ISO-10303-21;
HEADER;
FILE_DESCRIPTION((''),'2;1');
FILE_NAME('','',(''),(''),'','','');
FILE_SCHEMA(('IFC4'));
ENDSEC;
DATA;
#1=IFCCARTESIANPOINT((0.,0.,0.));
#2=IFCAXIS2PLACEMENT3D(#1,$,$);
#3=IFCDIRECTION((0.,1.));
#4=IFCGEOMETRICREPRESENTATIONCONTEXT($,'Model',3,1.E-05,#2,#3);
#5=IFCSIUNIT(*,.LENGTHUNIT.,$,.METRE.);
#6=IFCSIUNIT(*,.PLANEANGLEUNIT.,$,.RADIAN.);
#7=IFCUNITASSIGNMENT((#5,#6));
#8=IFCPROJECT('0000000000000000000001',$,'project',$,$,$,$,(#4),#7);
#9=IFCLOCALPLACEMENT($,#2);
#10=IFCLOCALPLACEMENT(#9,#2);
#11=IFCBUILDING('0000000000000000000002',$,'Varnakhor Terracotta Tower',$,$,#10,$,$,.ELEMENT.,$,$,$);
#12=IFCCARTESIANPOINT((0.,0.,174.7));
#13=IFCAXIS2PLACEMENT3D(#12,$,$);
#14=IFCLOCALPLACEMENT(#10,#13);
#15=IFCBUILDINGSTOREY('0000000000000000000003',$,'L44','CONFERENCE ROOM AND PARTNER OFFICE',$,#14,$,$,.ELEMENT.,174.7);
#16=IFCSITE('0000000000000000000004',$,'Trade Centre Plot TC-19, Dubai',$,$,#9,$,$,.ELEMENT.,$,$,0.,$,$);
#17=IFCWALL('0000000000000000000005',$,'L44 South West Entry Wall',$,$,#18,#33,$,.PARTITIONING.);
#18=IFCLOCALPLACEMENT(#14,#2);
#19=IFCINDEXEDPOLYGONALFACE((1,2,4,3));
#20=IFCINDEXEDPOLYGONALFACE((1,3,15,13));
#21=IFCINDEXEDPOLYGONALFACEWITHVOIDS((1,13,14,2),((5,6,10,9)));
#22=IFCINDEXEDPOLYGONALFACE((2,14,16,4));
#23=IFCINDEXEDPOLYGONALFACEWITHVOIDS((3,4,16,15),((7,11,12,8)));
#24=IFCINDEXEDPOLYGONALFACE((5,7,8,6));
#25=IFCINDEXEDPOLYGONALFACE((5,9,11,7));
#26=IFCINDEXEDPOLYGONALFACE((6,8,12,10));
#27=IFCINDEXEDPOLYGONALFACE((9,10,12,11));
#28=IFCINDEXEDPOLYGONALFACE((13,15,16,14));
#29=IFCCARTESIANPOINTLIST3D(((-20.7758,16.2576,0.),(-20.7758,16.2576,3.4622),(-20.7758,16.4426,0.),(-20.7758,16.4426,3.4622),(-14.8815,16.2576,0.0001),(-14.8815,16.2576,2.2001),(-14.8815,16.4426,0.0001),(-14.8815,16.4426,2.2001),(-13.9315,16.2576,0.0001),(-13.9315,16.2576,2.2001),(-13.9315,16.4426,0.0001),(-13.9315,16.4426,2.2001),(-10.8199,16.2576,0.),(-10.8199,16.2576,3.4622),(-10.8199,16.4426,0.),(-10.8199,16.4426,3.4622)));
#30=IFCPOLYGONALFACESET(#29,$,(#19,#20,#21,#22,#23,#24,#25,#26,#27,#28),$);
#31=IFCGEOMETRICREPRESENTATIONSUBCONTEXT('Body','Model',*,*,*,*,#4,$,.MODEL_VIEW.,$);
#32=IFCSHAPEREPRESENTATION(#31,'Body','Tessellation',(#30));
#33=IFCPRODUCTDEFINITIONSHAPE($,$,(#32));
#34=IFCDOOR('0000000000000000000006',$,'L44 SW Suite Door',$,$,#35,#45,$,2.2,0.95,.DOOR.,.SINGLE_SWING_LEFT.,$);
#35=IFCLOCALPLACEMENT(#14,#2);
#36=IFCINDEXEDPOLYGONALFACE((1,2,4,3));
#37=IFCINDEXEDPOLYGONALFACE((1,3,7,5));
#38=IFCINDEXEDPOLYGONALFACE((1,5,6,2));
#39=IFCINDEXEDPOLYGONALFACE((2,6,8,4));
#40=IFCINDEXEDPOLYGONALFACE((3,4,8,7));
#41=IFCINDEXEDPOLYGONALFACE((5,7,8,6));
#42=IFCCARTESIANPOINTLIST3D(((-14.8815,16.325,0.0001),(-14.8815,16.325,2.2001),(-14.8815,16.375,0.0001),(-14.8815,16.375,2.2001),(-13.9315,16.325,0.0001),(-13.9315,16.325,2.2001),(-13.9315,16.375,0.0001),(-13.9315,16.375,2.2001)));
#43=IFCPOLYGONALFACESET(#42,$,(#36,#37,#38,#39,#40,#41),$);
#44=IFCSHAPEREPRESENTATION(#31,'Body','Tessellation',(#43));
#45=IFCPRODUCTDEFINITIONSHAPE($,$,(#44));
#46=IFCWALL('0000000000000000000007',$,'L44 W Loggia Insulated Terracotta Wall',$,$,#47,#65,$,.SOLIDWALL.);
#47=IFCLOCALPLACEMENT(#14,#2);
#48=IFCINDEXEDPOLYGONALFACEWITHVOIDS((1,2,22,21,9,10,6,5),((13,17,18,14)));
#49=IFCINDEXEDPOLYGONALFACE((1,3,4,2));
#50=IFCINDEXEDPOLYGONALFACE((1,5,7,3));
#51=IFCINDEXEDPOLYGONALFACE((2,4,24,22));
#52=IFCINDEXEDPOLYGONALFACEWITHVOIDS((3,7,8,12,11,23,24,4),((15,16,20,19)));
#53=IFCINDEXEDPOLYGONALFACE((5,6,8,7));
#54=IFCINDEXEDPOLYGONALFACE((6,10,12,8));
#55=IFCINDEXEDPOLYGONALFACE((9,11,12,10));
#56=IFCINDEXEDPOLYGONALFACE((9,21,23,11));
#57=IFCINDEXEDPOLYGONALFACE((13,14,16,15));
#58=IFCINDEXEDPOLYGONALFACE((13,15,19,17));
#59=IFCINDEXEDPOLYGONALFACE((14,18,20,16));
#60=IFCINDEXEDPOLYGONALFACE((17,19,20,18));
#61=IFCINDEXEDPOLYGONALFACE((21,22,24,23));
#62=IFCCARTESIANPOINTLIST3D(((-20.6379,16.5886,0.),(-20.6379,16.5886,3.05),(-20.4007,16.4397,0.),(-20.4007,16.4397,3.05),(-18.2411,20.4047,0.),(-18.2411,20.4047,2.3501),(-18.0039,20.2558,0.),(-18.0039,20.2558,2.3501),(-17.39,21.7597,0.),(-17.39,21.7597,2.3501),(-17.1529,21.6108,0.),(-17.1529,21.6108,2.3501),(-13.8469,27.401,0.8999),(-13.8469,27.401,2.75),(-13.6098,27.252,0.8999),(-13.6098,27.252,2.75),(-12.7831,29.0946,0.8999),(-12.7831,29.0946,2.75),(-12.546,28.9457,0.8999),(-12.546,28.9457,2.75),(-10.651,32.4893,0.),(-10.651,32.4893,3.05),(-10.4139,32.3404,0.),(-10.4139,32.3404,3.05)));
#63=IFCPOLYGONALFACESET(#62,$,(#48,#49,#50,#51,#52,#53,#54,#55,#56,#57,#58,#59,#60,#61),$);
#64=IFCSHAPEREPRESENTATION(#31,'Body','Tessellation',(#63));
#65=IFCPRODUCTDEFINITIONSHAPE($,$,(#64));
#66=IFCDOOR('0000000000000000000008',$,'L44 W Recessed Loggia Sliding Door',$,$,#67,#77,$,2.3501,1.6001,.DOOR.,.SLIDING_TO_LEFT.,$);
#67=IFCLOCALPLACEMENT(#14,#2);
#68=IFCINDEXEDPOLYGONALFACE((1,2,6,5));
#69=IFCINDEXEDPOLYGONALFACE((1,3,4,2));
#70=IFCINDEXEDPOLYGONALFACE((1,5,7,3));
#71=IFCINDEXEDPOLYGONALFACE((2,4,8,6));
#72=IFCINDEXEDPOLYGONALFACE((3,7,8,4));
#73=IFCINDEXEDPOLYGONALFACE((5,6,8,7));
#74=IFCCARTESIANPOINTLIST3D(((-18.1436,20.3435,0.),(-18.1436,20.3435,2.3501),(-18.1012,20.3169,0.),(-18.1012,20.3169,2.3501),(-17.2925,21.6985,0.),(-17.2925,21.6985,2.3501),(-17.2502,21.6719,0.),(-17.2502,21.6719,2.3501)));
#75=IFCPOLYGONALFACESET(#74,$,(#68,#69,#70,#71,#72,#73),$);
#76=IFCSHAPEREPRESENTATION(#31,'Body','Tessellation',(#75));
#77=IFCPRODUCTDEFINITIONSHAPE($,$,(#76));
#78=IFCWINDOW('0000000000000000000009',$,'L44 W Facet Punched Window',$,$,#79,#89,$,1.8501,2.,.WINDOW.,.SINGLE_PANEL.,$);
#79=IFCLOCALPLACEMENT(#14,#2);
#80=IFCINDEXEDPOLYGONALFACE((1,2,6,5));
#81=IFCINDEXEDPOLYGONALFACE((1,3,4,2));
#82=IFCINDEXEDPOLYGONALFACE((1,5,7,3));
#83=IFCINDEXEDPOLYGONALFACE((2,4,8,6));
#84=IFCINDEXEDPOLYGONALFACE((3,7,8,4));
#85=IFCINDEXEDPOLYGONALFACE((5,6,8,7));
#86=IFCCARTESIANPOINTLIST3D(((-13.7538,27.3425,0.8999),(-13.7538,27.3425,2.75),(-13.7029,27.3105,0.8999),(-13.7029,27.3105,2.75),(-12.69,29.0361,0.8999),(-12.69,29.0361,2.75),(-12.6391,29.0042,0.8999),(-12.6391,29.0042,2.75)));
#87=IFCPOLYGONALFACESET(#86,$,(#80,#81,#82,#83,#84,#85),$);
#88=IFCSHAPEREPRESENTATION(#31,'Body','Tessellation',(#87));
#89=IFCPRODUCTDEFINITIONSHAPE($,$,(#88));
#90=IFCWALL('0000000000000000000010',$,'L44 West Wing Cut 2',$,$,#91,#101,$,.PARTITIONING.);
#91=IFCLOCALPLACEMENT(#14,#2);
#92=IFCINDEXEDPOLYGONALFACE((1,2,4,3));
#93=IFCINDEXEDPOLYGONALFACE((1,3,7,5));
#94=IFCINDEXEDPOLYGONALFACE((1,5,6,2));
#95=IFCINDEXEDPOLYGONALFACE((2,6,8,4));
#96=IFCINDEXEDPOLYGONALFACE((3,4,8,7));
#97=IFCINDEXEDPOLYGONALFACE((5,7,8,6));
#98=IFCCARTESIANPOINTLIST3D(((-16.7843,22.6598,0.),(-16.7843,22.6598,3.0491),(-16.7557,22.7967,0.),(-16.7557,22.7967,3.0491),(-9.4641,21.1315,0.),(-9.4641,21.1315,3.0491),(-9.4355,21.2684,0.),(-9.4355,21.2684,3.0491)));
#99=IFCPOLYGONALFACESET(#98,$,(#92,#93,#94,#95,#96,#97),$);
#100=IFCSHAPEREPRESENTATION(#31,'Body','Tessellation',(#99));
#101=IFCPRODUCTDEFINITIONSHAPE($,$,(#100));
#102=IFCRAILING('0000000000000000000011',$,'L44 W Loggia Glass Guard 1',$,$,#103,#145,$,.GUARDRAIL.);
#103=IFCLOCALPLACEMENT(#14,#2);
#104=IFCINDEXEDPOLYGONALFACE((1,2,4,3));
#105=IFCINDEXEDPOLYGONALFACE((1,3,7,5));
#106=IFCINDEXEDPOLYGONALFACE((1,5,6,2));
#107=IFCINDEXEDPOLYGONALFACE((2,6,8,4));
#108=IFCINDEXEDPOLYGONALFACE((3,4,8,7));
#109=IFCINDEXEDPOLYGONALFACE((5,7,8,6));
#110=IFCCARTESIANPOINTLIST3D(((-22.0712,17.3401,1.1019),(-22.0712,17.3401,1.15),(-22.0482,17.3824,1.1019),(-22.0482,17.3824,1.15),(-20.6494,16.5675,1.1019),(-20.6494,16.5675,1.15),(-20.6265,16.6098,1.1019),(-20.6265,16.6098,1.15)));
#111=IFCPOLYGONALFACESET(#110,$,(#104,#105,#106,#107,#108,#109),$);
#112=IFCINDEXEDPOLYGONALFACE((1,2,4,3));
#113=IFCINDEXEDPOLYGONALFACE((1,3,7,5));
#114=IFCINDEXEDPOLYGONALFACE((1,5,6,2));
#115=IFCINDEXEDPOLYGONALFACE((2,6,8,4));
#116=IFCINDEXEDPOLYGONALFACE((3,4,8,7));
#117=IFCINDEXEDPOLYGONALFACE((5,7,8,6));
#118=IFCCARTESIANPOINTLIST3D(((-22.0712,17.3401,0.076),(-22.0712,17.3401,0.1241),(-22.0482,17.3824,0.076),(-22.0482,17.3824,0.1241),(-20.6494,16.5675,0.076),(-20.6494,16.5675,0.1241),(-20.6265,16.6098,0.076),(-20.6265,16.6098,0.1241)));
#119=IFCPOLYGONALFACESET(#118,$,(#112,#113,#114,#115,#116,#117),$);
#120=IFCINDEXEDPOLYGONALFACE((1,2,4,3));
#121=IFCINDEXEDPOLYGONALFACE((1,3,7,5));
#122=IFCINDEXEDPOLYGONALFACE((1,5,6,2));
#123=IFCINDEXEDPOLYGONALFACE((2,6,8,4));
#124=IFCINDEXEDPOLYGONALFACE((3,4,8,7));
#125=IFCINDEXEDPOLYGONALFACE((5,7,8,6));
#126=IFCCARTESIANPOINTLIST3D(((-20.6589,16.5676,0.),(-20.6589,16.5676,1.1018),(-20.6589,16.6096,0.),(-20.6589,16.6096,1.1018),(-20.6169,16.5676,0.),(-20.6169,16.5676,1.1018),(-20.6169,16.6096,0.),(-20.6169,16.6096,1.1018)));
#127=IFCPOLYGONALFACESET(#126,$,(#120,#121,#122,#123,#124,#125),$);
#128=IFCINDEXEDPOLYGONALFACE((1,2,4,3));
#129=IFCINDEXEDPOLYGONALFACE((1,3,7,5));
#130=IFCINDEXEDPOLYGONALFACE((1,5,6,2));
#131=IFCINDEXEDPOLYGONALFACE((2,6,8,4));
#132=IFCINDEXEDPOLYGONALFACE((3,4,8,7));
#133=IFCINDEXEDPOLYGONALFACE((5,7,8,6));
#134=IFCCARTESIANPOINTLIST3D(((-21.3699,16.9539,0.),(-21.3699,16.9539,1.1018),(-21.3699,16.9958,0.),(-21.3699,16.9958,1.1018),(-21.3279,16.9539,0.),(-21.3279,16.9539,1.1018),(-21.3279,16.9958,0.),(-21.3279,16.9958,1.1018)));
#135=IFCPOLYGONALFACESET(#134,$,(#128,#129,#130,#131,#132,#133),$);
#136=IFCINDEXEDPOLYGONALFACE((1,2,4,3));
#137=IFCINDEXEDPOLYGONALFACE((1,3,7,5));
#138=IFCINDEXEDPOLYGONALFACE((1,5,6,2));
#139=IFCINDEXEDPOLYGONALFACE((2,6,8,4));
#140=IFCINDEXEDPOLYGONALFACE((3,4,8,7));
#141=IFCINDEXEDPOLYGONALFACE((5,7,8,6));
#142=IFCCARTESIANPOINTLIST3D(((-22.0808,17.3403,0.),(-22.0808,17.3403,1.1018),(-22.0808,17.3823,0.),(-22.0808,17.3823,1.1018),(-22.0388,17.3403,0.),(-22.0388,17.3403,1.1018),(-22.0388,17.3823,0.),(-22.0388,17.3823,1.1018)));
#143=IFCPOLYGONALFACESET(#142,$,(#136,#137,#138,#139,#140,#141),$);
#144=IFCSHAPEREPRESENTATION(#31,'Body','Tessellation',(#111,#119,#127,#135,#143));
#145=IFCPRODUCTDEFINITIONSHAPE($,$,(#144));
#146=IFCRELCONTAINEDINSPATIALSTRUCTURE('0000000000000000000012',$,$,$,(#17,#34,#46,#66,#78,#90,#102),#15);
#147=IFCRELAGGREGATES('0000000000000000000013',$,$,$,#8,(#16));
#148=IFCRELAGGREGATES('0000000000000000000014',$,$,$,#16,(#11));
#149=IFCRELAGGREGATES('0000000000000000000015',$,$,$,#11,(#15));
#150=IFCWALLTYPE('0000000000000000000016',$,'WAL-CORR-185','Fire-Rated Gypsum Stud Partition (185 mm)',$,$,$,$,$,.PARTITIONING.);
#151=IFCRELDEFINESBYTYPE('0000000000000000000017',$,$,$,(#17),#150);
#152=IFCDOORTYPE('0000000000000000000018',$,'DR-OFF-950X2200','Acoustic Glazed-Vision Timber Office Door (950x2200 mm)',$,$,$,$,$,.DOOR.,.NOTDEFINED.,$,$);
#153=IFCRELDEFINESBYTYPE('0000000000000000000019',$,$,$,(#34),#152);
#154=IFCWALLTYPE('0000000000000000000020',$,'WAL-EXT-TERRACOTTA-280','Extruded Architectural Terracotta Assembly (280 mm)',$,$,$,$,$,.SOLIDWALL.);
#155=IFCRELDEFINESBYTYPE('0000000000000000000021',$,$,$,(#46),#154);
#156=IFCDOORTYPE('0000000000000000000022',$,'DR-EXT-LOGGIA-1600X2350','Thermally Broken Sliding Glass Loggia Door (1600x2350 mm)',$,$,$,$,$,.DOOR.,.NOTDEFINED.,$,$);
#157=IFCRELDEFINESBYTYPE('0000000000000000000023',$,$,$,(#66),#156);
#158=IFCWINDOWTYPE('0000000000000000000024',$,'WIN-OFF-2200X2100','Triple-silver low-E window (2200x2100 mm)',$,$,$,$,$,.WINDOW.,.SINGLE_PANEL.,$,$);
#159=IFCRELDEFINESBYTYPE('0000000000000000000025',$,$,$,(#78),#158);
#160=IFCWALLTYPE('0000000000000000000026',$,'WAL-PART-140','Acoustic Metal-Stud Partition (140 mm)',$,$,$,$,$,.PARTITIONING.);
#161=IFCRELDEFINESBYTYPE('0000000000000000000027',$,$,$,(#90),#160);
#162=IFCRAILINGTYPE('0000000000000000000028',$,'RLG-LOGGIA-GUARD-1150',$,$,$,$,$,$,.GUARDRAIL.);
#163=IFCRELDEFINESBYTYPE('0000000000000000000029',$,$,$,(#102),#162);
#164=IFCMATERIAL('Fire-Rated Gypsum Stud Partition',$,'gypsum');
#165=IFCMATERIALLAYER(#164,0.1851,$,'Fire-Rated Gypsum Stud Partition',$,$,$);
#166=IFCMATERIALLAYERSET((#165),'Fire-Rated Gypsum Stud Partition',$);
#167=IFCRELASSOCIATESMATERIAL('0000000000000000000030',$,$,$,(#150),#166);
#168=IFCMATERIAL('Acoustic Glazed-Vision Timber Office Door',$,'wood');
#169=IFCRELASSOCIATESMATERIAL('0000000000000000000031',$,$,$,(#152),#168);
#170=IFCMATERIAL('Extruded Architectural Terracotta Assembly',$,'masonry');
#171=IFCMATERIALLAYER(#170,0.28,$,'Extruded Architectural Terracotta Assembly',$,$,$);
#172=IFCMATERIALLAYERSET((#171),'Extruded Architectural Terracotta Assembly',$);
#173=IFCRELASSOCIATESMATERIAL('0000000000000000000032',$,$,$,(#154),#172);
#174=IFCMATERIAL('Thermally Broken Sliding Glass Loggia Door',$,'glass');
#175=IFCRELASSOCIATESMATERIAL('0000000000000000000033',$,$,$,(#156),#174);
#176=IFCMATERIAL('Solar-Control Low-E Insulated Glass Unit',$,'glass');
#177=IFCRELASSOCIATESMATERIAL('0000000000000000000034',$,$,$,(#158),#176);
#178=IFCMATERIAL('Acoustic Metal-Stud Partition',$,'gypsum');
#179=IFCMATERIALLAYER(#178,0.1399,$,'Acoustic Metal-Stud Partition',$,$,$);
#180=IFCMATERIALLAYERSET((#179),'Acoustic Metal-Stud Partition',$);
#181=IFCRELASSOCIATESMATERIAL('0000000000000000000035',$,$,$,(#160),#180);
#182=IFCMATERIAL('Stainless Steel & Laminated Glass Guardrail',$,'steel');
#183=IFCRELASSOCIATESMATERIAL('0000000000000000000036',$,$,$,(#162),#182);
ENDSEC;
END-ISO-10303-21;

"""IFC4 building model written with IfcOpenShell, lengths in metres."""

from ifc_helpers import new_model, si_unit, direction, frame, frame_2d, origin, origin_2d, place, context, subcontext, project, spatial, rectangle, extrude, source, transform, mapped, material, layer, layer_set, type_object, type_shapes, element, fill, save


model = new_model("IFC4")

# Units and contexts
model_context = context("Model", 3, precision=1e-05, world=origin(), true_north=direction((0.0, 1.0)))
body_context = subcontext(model_context, "Body", "Model", "MODEL_VIEW")
ifc_project = project(units=[si_unit("LENGTHUNIT", "METRE"), si_unit("PLANEANGLEUNIT", "RADIAN")], contexts=[model_context])

# Site, building, storey
site_placement = place(None, origin())
site = spatial("IfcSite", under=ifc_project, at=site_placement, Name="Trade Centre Plot TC-19, Dubai", CompositionType="ELEMENT", RefElevation=0.0)
building_placement = place(site_placement, origin())
building = spatial("IfcBuilding", under=site, at=building_placement, Name="Varnakhor Terracotta Tower", CompositionType="ELEMENT")
storey_placement = place(building_placement, frame((0.0, 0.0, 174.7)))
storey = spatial("IfcBuildingStorey", under=building, at=storey_placement, Name="L44", Description="CONFERENCE ROOM AND PARTNER OFFICE", CompositionType="ELEMENT", Elevation=174.7)

# Wall, opening, door
ifc_material_1 = material(Name="Fire-Rated Gypsum Stud Partition", Category="gypsum")
ifc_layer_1 = layer(ifc_material_1, 0.1851, Name="Fire-Rated Gypsum Stud Partition")
ifc_layer_set_1 = layer_set([ifc_layer_1], Name="Fire-Rated Gypsum Stud Partition")
wall_type_1 = type_object("IfcWallType", Name="WAL-CORR-185", Description="Fire-Rated Gypsum Stud Partition (185 mm)", PredefinedType="PARTITIONING", material=ifc_layer_set_1)
wall_1_placement = place(storey_placement, frame((-20.7759, 16.3501, 0.0), z_axis=(0.0, 0.0, 1.0), x_axis=(1.0, 0.0, 0.0)))
wall_1 = element("IfcWall", 1, at=wall_1_placement, inside=storey, type_object=wall_type_1, Name="L44 South West Entry Wall", PredefinedType="PARTITIONING", context=body_context, shape_type="SweptSolid", body=[
    extrude(rectangle(XDim=9.9558, YDim=0.1851, at=frame_2d((4.978, 0.0))), origin(), (0.0, 0.0, 1.0), 3.4622),
])
opening_1_placement = place(wall_1_placement, frame((5.8943, 0.0, 0.0)))
opening_1 = element("IfcOpeningElement", 2, at=opening_1_placement, cuts=wall_1, PredefinedType="OPENING", context=body_context, shape_type="SweptSolid", body=[
    extrude(rectangle(XDim=0.95, YDim=2.2, at=frame_2d((0.4751, 1.1001))), frame((0.0, 0.1025, 0.0), z_axis=(0.0, -1.0, 0.0), x_axis=(1.0, 0.0, 0.0)), (0.0, 0.0, 1.0), 0.2051),
])
ifc_material_2 = material(Name="Acoustic Glazed-Vision Timber Office Door", Category="wood")
door_type_1 = type_object("IfcDoorType", Name="DR-OFF-950X2200", Description="Acoustic Glazed-Vision Timber Office Door (950x2200 mm)", OperationType="NOTDEFINED", PredefinedType="DOOR", material=ifc_material_2)
shared_shape_1 = source(origin(), body_context, "Body", "SweptSolid", [
    extrude(rectangle(XDim=0.95, YDim=2.2, at=frame_2d((0.4751, 1.1001))), frame((0.0, 0.0249, 0.0), z_axis=(0.0, -1.0, 0.0), x_axis=(1.0, 0.0, 0.0)), (0.0, 0.0, 1.0), 0.05),
])
type_shapes(door_type_1, [shared_shape_1])
door_1_placement = place(opening_1_placement, origin())
door_1 = element("IfcDoor", 3, at=door_1_placement, inside=storey, type_object=door_type_1, Name="L44 SW Suite Door", OperationType="SINGLE_SWING_LEFT", OverallHeight=2.2, OverallWidth=0.95, PredefinedType="DOOR", context=body_context, shape_type="MappedRepresentation", body=[
    mapped(shared_shape_1, transform((0.0, 0.0, 0.0), scale=1.0)),
])
fill(opening_1, door_1)

# Wall, openings, door, window
ifc_material_3 = material(Name="Extruded Architectural Terracotta Assembly", Category="masonry")
ifc_layer_2 = layer(ifc_material_3, 0.28, Name="Extruded Architectural Terracotta Assembly")
ifc_layer_set_2 = layer_set([ifc_layer_2], Name="Extruded Architectural Terracotta Assembly")
wall_type_2 = type_object("IfcWallType", Name="WAL-EXT-TERRACOTTA-280", Description="Extruded Architectural Terracotta Assembly (280 mm)", PredefinedType="SOLIDWALL", material=ifc_layer_set_2)
wall_2_placement = place(storey_placement, frame((-20.5193, 16.5142, 0.0), z_axis=(0.0, 0.0, 1.0), x_axis=(0.531871, 0.846825, 0.0)))
wall_2 = element("IfcWall", 4, at=wall_2_placement, inside=storey, type_object=wall_type_2, Name="L44 W Loggia Insulated Terracotta Wall", PredefinedType="SOLIDWALL", context=body_context, shape_type="SweptSolid", body=[
    extrude(rectangle(XDim=18.7769, YDim=0.28, at=frame_2d((9.3884, 0.0))), origin(), (0.0, 0.0, 1.0), 3.05),
])
opening_2_placement = place(wall_2_placement, frame((4.5063, 0.0, 0.0)))
opening_2 = element("IfcOpeningElement", 5, at=opening_2_placement, cuts=wall_2, PredefinedType="OPENING", context=body_context, shape_type="SweptSolid", body=[
    extrude(rectangle(XDim=1.6001, YDim=2.3501, at=frame_2d((0.8, 1.175))), frame((0.0, 0.1499, 0.0), z_axis=(0.0, -1.0, 0.0), x_axis=(1.0, 0.0, 0.0)), (0.0, 0.0, 1.0), 0.3),
])
opening_3_placement = place(wall_2_placement, frame((12.7681, 0.0, 0.8999)))
opening_3 = element("IfcOpeningElement", 6, at=opening_3_placement, cuts=wall_2, PredefinedType="OPENING", context=body_context, shape_type="SweptSolid", body=[
    extrude(rectangle(XDim=2.0, YDim=1.8501, at=frame_2d((1.0, 0.925))), frame((0.0, 0.1499, 0.0), z_axis=(0.0, -1.0, 0.0), x_axis=(1.0, 0.0, 0.0)), (0.0, 0.0, 1.0), 0.3),
])
ifc_material_4 = material(Name="Thermally Broken Sliding Glass Loggia Door", Category="glass")
door_type_2 = type_object("IfcDoorType", Name="DR-EXT-LOGGIA-1600X2350", Description="Thermally Broken Sliding Glass Loggia Door (1600x2350 mm)", OperationType="NOTDEFINED", PredefinedType="DOOR", material=ifc_material_4)
shared_shape_2 = source(origin(), body_context, "Body", "SweptSolid", [
    extrude(rectangle(XDim=1.6001, YDim=2.3501, at=frame_2d((0.8, 1.175))), frame((0.0, 0.0249, 0.0), z_axis=(0.0, -1.0, 0.0), x_axis=(1.0, 0.0, 0.0)), (0.0, 0.0, 1.0), 0.05),
])
type_shapes(door_type_2, [shared_shape_2])
door_2_placement = place(opening_2_placement, origin())
door_2 = element("IfcDoor", 7, at=door_2_placement, inside=storey, type_object=door_type_2, Name="L44 W Recessed Loggia Sliding Door", OperationType="SLIDING_TO_LEFT", OverallHeight=2.3501, OverallWidth=1.6001, PredefinedType="DOOR", context=body_context, shape_type="MappedRepresentation", body=[
    mapped(shared_shape_2, transform((0.0, 0.0, 0.0), scale=1.0)),
])
fill(opening_2, door_2)
ifc_material_5 = material(Name="Solar-Control Low-E Insulated Glass Unit", Category="glass")
window_type = type_object("IfcWindowType", Name="WIN-OFF-2200X2100", Description="Triple-silver low-E window (2200x2100 mm)", PartitioningType="SINGLE_PANEL", PredefinedType="WINDOW", material=ifc_material_5)
shared_shape_3 = source(origin(), body_context, "Body", "SweptSolid", [
    extrude(rectangle(XDim=2.0, YDim=1.8501, at=frame_2d((1.0, 0.925))), frame((0.0, 0.03, 0.0), z_axis=(0.0, -1.0, 0.0), x_axis=(1.0, 0.0, 0.0)), (0.0, 0.0, 1.0), 0.0601),
])
type_shapes(window_type, [shared_shape_3])
window_placement = place(opening_3_placement, origin())
window = element("IfcWindow", 8, at=window_placement, inside=storey, type_object=window_type, Name="L44 W Facet Punched Window", OverallHeight=1.8501, OverallWidth=2.0, PartitioningType="SINGLE_PANEL", PredefinedType="WINDOW", context=body_context, shape_type="MappedRepresentation", body=[
    mapped(shared_shape_3, transform((0.0, 0.0, 0.0), scale=1.0)),
])
fill(opening_3, window)

# Wall
ifc_material_6 = material(Name="Acoustic Metal-Stud Partition", Category="gypsum")
ifc_layer_3 = layer(ifc_material_6, 0.1399, Name="Acoustic Metal-Stud Partition")
ifc_layer_set_3 = layer_set([ifc_layer_3], Name="Acoustic Metal-Stud Partition")
wall_type_3 = type_object("IfcWallType", Name="WAL-PART-140", Description="Acoustic Metal-Stud Partition (140 mm)", PredefinedType="PARTITIONING", material=ifc_layer_set_3)
wall_3_placement = place(storey_placement, frame((-16.77, 22.7283, 0.0), z_axis=(0.0, 0.0, 1.0), x_axis=(0.978892, -0.204378, 0.0)))
element("IfcWall", 9, at=wall_3_placement, inside=storey, type_object=wall_type_3, Name="L44 West Wing Cut 2", PredefinedType="PARTITIONING", context=body_context, shape_type="SweptSolid", body=[
    extrude(rectangle(XDim=7.478, YDim=0.1399, at=frame_2d((3.739, 0.0))), origin(), (0.0, 0.0, 1.0), 3.0491),
])

# Railing
ifc_material_7 = material(Name="Stainless Steel & Laminated Glass Guardrail", Category="steel")
railing_type = type_object("IfcRailingType", Name="RLG-LOGGIA-GUARD-1150", PredefinedType="GUARDRAIL", material=ifc_material_7)
railing_1_placement = place(storey_placement, frame((-20.6379, 16.5886, 0.0)))
element("IfcRailing", 10, at=railing_1_placement, inside=storey, type_object=railing_type, Name="L44 W Loggia Glass Guard 1", PredefinedType="GUARDRAIL", context=body_context, shape_type="SweptSolid", body=[
    extrude(rectangle(XDim=0.0481, YDim=0.0481, at=origin_2d()), frame((0.0, 0.0, 1.126), z_axis=(-0.878638, 0.477488, 0.0), x_axis=(-0.477488, -0.878638, 0.0)), (0.0, 0.0, 1.0), 1.6182),
    extrude(rectangle(XDim=0.0481, YDim=0.0481, at=origin_2d()), frame((0.0, 0.0, 0.1001), z_axis=(-0.878638, 0.477488, 0.0), x_axis=(-0.477488, -0.878638, 0.0)), (0.0, 0.0, 1.0), 1.6182),
    extrude(rectangle(XDim=0.042, YDim=0.042, at=origin_2d()), origin(), (0.0, 0.0, 1.0), 1.1018),
    extrude(rectangle(XDim=0.042, YDim=0.042, at=origin_2d()), frame((-0.7109, 0.3862, 0.0)), (0.0, 0.0, 1.0), 1.1018),
    extrude(rectangle(XDim=0.042, YDim=0.042, at=origin_2d()), frame((-1.4219, 0.7727, 0.0)), (0.0, 0.0, 1.0), 1.1018),
])

save(model, "model.ifc")
